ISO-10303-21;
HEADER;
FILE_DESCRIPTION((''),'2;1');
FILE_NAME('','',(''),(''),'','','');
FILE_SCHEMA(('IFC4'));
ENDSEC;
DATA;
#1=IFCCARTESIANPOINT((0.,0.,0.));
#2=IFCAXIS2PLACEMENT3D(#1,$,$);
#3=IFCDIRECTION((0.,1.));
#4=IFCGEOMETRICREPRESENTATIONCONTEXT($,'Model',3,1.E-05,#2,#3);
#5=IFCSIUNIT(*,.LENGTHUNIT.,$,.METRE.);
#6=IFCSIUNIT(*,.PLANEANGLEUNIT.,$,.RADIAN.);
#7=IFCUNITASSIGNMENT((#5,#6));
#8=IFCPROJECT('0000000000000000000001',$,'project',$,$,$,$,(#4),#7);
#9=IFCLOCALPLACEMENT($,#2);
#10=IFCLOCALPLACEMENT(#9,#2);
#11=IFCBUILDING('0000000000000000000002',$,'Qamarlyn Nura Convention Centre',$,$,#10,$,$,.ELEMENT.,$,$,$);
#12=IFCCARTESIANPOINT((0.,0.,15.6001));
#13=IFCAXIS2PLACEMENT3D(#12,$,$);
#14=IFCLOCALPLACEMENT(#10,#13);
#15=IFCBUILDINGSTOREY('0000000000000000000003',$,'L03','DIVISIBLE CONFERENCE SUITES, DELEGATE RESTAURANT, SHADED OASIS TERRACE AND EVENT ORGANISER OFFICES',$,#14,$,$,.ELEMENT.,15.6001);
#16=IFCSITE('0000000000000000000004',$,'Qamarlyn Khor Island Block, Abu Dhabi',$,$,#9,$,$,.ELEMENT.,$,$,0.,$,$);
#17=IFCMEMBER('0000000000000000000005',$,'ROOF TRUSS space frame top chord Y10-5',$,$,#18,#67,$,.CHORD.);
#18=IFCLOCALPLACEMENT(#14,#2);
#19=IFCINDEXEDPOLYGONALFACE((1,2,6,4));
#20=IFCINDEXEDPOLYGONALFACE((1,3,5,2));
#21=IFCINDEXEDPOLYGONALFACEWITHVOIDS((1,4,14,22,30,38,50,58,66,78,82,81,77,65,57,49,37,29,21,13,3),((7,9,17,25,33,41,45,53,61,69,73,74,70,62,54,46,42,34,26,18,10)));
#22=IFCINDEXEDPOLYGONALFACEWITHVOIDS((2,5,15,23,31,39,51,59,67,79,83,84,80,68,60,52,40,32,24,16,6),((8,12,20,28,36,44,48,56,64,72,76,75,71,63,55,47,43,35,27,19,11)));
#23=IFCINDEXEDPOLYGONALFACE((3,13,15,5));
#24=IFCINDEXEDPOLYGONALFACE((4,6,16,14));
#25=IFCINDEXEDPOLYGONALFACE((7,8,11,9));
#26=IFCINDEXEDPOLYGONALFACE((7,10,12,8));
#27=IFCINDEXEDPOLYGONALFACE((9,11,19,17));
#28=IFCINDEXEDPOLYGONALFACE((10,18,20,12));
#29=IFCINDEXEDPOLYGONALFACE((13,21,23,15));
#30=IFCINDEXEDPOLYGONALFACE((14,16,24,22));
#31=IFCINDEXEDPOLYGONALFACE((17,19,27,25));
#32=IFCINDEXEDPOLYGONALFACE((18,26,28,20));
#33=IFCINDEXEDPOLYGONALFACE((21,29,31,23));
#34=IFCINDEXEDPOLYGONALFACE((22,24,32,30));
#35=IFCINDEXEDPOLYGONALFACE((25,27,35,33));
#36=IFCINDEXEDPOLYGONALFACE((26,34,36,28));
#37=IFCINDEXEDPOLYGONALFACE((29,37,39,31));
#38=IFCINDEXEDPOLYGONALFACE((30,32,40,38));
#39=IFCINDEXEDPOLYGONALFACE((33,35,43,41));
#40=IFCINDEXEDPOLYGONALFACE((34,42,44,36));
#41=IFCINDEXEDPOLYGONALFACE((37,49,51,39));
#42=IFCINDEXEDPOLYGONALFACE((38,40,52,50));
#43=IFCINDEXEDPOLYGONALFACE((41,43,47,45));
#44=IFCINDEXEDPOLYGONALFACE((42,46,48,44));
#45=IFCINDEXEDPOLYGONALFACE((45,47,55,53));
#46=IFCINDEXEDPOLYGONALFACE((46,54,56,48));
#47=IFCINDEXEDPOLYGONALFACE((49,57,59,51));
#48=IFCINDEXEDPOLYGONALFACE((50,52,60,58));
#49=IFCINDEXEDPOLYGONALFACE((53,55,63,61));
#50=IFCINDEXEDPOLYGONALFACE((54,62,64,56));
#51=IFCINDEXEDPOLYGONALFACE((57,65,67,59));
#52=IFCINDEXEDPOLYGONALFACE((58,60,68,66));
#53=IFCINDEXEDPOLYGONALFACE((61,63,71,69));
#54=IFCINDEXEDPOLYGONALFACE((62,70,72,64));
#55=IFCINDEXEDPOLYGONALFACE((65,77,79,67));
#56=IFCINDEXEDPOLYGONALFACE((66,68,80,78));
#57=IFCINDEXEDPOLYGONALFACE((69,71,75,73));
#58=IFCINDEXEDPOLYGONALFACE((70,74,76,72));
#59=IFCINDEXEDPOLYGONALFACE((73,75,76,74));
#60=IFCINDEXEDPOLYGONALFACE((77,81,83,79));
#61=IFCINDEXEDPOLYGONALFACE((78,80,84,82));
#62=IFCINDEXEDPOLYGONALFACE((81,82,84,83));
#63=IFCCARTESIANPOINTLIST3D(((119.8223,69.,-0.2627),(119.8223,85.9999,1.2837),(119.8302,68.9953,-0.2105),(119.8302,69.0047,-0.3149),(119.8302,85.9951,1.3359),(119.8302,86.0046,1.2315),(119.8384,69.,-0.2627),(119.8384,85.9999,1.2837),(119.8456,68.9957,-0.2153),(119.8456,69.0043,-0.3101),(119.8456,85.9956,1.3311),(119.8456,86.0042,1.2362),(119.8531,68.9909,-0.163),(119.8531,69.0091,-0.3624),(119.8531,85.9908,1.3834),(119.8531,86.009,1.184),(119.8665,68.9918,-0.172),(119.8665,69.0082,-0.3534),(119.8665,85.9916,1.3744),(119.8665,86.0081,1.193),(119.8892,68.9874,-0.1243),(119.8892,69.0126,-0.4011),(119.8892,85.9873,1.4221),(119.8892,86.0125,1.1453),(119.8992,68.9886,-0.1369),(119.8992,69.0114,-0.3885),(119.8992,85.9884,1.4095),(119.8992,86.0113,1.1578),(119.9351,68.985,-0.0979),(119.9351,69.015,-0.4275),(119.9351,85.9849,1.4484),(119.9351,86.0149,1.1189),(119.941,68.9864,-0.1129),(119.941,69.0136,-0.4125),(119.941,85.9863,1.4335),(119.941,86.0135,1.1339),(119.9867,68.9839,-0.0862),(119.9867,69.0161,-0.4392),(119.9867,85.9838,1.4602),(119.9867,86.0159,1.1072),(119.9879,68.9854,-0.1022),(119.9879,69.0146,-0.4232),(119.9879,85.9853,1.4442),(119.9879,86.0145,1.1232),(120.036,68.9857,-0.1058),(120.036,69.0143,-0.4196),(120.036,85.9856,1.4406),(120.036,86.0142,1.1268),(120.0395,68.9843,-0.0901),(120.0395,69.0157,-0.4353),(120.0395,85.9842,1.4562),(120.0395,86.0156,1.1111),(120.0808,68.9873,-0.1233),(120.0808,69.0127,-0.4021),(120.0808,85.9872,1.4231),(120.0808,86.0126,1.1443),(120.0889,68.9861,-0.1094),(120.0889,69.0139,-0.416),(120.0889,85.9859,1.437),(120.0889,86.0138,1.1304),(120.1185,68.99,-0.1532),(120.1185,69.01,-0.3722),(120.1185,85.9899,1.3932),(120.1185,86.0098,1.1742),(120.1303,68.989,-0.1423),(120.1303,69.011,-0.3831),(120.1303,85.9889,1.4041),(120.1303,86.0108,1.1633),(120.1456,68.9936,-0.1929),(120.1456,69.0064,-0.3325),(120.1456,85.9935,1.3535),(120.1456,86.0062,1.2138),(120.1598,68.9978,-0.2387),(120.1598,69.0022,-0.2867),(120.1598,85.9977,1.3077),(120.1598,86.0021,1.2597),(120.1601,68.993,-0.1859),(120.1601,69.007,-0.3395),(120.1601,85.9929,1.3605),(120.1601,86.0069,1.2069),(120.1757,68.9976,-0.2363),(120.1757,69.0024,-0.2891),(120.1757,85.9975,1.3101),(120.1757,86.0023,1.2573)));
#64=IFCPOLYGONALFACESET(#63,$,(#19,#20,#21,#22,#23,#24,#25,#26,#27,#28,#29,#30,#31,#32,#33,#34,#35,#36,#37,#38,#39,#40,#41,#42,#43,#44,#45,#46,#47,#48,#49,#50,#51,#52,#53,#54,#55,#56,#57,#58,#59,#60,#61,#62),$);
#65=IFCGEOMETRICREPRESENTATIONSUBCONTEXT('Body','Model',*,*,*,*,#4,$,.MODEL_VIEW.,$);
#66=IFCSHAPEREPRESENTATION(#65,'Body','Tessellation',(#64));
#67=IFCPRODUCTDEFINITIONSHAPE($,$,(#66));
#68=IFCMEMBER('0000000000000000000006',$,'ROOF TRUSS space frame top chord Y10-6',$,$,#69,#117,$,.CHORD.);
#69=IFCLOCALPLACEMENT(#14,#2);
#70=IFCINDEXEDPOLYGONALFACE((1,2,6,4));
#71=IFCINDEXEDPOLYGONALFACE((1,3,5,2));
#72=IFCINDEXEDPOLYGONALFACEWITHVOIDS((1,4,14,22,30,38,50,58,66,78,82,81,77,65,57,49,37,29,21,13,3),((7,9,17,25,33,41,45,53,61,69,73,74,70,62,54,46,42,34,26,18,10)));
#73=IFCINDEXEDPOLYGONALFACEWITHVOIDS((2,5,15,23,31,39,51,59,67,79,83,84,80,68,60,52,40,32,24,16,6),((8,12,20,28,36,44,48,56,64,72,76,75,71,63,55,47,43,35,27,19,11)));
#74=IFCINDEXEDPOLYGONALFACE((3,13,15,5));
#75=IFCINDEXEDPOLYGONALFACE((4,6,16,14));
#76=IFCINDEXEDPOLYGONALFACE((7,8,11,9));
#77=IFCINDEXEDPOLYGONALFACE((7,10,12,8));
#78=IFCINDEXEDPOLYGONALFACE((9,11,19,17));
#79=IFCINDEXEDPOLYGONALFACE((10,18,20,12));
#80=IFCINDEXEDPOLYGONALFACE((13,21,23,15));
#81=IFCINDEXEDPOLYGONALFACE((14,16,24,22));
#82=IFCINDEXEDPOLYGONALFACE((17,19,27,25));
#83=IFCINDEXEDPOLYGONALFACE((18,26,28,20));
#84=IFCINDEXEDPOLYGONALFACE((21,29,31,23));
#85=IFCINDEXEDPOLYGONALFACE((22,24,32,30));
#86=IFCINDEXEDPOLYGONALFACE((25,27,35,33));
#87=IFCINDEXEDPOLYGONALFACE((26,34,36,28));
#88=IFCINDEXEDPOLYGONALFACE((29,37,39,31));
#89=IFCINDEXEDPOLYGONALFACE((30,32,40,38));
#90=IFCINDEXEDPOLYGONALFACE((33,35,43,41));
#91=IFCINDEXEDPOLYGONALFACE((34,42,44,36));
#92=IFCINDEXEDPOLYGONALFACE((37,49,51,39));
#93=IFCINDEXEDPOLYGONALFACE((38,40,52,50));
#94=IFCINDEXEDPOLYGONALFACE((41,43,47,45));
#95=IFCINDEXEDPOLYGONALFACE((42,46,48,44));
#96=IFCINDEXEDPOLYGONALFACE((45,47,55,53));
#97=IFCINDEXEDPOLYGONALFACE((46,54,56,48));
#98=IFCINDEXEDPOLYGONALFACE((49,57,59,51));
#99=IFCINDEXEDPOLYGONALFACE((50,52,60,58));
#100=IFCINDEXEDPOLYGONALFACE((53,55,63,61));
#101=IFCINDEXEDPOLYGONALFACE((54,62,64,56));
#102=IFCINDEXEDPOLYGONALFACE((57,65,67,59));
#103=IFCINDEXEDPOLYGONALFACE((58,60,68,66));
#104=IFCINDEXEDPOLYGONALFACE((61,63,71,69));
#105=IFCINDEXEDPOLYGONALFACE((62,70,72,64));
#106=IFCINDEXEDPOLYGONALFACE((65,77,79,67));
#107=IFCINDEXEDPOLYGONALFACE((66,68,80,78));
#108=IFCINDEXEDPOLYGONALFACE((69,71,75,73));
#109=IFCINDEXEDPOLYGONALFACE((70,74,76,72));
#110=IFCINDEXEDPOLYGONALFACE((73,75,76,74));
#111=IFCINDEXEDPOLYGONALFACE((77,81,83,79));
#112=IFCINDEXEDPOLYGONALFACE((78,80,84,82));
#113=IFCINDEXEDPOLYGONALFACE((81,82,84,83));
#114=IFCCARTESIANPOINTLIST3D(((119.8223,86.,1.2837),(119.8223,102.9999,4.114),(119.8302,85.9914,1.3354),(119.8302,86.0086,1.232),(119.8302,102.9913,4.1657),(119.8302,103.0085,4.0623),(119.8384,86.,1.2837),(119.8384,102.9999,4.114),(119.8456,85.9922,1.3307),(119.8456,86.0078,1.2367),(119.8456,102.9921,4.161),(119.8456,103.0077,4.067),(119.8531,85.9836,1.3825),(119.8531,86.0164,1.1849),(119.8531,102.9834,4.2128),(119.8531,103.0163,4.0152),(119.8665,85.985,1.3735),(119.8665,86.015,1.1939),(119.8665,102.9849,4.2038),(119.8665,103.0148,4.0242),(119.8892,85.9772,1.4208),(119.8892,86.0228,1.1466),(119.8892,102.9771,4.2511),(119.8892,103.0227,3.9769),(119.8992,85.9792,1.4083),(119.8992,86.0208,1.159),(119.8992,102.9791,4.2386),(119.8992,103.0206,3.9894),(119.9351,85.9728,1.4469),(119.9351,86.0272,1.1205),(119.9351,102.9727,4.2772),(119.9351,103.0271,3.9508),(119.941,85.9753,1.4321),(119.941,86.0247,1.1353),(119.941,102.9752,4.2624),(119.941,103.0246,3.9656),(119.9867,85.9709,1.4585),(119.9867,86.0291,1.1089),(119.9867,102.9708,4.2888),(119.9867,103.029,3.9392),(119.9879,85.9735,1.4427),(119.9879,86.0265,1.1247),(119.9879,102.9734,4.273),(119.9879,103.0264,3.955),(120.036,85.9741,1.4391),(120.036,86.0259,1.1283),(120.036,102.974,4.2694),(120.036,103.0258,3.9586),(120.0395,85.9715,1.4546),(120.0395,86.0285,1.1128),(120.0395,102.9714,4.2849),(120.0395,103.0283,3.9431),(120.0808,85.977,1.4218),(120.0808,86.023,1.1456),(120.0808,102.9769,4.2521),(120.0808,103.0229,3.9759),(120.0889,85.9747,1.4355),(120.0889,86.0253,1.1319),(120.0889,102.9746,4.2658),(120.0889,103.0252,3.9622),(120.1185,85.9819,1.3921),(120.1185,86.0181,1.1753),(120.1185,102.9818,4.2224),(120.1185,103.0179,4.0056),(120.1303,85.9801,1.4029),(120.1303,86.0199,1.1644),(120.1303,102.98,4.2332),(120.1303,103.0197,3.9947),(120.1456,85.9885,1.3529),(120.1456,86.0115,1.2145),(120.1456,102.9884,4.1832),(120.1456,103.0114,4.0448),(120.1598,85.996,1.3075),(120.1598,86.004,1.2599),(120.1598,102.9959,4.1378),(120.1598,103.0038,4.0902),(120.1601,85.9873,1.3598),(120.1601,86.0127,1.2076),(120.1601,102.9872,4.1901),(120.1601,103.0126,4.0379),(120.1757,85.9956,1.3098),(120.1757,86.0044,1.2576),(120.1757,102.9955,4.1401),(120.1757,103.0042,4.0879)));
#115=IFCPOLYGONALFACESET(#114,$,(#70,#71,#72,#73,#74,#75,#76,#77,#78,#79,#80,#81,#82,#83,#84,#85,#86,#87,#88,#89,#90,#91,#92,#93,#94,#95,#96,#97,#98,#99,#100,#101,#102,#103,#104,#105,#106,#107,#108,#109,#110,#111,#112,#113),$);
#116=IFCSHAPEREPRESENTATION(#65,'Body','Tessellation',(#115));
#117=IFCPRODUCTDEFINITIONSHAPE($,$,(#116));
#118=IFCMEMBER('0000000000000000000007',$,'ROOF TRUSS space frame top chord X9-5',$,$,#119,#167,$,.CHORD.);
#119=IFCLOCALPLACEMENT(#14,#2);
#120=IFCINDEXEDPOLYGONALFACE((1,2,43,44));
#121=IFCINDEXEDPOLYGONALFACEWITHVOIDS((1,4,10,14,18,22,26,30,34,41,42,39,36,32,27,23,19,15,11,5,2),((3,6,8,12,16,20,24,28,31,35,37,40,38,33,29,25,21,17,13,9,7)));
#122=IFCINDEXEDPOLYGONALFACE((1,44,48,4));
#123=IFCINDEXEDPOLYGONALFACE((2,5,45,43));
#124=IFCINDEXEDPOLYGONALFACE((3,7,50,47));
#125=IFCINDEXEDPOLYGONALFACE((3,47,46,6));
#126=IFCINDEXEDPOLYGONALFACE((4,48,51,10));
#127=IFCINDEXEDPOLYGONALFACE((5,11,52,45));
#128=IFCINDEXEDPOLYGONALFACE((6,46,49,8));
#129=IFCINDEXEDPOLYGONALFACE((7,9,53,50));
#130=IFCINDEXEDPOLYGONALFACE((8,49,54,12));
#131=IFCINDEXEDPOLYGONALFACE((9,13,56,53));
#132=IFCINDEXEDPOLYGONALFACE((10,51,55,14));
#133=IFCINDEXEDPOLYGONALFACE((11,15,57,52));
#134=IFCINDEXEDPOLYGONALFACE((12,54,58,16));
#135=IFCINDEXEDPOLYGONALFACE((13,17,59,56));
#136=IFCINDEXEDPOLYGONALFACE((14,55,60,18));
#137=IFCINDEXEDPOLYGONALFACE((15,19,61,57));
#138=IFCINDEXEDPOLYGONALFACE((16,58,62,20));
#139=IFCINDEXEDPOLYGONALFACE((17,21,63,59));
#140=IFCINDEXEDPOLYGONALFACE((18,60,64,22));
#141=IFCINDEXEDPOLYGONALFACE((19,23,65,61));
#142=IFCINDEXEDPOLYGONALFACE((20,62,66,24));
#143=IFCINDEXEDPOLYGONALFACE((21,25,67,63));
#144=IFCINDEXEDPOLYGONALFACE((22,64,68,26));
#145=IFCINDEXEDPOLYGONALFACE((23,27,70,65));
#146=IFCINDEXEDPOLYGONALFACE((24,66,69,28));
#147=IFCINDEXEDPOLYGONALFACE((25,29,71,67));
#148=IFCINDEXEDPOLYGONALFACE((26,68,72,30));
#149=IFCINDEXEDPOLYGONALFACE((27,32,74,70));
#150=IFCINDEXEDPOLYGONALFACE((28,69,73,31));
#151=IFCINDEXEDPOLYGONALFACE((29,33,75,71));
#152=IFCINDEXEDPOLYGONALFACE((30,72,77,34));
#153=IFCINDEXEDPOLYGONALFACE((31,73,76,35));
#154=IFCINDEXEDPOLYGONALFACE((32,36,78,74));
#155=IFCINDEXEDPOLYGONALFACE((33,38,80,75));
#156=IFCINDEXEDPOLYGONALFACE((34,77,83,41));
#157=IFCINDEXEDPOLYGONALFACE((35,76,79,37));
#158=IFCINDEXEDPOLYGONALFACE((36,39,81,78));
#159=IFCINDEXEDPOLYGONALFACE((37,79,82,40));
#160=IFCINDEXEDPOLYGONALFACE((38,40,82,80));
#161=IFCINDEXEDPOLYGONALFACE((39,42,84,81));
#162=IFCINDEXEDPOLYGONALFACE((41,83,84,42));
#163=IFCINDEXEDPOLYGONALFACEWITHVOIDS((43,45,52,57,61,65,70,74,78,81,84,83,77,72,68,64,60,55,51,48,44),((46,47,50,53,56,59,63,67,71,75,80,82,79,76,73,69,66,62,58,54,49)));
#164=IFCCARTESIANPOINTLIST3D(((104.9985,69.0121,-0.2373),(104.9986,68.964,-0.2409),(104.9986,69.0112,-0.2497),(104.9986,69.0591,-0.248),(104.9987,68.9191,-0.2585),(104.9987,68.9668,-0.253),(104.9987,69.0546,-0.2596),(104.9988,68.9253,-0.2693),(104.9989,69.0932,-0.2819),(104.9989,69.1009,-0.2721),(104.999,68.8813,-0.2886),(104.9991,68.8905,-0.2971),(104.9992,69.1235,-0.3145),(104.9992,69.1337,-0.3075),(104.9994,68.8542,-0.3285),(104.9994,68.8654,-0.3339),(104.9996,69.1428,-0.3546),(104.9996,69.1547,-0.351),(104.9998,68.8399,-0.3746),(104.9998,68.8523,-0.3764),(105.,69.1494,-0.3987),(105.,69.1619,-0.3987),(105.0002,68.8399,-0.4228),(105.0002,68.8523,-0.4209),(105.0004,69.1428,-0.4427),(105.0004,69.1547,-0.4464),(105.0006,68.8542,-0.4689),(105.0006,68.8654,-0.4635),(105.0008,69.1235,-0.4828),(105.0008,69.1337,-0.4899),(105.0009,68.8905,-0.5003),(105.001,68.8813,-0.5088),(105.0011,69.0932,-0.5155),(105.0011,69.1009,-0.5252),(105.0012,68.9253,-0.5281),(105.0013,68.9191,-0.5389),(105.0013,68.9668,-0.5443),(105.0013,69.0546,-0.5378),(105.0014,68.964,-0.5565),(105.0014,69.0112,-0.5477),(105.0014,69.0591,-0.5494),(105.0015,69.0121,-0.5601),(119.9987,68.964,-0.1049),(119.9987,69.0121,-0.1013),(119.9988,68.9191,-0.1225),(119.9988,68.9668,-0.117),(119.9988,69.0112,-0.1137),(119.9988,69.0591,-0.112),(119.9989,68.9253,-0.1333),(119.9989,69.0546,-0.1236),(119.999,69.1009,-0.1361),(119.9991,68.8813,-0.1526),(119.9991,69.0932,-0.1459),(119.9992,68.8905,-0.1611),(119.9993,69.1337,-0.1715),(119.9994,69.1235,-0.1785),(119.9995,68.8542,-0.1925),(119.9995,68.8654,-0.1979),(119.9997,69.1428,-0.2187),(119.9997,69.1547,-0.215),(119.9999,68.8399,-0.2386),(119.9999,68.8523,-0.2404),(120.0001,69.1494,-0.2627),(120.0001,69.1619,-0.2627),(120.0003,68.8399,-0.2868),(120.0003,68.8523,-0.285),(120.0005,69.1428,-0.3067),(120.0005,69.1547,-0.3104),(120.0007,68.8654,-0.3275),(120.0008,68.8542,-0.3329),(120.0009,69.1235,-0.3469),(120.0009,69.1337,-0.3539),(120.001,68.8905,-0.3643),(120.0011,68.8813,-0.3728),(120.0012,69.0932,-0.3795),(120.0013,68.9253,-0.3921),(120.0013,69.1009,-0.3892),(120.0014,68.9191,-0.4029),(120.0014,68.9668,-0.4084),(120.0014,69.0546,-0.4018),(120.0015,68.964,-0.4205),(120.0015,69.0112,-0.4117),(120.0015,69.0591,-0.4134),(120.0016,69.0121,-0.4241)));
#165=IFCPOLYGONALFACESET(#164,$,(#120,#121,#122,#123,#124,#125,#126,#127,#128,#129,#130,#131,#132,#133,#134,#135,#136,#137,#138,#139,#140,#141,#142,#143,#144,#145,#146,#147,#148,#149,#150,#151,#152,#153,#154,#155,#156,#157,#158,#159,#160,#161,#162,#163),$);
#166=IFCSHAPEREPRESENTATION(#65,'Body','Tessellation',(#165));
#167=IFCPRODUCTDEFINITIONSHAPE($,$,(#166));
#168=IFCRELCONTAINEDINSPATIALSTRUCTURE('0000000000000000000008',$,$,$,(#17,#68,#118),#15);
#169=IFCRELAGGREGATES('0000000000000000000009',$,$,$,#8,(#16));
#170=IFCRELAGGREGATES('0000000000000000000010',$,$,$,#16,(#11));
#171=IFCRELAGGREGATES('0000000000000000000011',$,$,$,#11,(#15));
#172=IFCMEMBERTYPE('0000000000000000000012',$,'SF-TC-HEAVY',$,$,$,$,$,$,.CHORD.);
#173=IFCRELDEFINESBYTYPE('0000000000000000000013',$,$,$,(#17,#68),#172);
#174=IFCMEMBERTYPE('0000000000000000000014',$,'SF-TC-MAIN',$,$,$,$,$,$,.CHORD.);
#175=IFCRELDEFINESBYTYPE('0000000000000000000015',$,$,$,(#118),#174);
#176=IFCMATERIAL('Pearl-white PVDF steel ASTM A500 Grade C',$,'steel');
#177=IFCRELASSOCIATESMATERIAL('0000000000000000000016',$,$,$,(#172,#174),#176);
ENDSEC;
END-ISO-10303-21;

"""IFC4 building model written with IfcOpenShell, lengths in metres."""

from ifc_helpers import new_model, si_unit, direction, frame, origin, origin_2d, place, context, subcontext, project, spatial, hollow_circle, extrude, material, material_profile, profile_set, type_object, element, save


model = new_model("IFC4")

# Units and contexts
model_context = context("Model", 3, precision=1e-05, world=origin(), true_north=direction((0.0, 1.0)))
body_context = subcontext(model_context, "Body", "Model", "MODEL_VIEW")
ifc_project = project(units=[si_unit("LENGTHUNIT", "METRE"), si_unit("PLANEANGLEUNIT", "RADIAN")], contexts=[model_context])

# Site, building, storey
site_placement = place(None, origin())
site = spatial("IfcSite", under=ifc_project, at=site_placement, Name="Qamarlyn Khor Island Block, Abu Dhabi", CompositionType="ELEMENT", RefElevation=0.0)
building_placement = place(site_placement, origin())
building = spatial("IfcBuilding", under=site, at=building_placement, Name="Qamarlyn Nura Convention Centre", CompositionType="ELEMENT")
storey_placement = place(building_placement, frame((0.0, 0.0, 15.6001)))
storey = spatial("IfcBuildingStorey", under=building, at=storey_placement, Name="L03", Description="DIVISIBLE CONFERENCE SUITES, DELEGATE RESTAURANT, SHADED OASIS TERRACE AND EVENT ORGANISER OFFICES", CompositionType="ELEMENT", Elevation=15.6001)

# Members
ifc_material_1 = material(Name="Pearl-white PVDF steel ASTM A500 Grade C", Category="steel")
ifc_material_profile_1 = material_profile(ifc_material_1, hollow_circle(Radius=0.1777, WallThickness=0.0161, at=origin_2d()), Name="CHS355.6X16")
ifc_profile_set_1 = profile_set([ifc_material_profile_1], Name="Pearl-white PVDF steel ASTM A500 Grade C")
member_type_1 = type_object("IfcMemberType", Name="SF-TC-HEAVY", PredefinedType="CHORD", material=ifc_profile_set_1)
member_1_placement = place(storey_placement, frame((120.0, 69.0, -0.2627), z_axis=(0.0, 0.995888, 0.09059), x_axis=(-1.0, 0.0, 0.0)))
element("IfcMember", 1, at=member_1_placement, inside=storey, type_object=member_type_1, Name="ROOF TRUSS space frame top chord Y10-5", PredefinedType="CHORD", context=body_context, shape_type="SweptSolid", body=[
    extrude(hollow_circle(Radius=0.1777, WallThickness=0.0161, at=origin_2d()), origin(), (0.0, 0.0, 1.0), 17.0701),
])
member_2_placement = place(storey_placement, frame((120.0, 86.0, 1.2837), z_axis=(0.0, 0.986422, 0.164229), x_axis=(-1.0, 0.0, 0.0)))
element("IfcMember", 2, at=member_2_placement, inside=storey, type_object=member_type_1, Name="ROOF TRUSS space frame top chord Y10-6", PredefinedType="CHORD", context=body_context, shape_type="SweptSolid", body=[
    extrude(hollow_circle(Radius=0.1777, WallThickness=0.0161, at=origin_2d()), origin(), (0.0, 0.0, 1.0), 17.2339),
])
ifc_material_profile_2 = material_profile(ifc_material_1, hollow_circle(Radius=0.1619, WallThickness=0.0125, at=origin_2d()), Name="CHS323.9X12.5")
ifc_profile_set_2 = profile_set([ifc_material_profile_2], Name="Pearl-white PVDF steel ASTM A500 Grade C")
member_type_2 = type_object("IfcMemberType", Name="SF-TC-MAIN", PredefinedType="CHORD", material=ifc_profile_set_2)
member_3_placement = place(storey_placement, frame((105.0, 69.0, -0.3987), z_axis=(0.999959, 0.0, 0.009065), x_axis=(0.0, 1.0, 0.0)))
element("IfcMember", 3, at=member_3_placement, inside=storey, type_object=member_type_2, Name="ROOF TRUSS space frame top chord X9-5", PredefinedType="CHORD", context=body_context, shape_type="SweptSolid", body=[
    extrude(hollow_circle(Radius=0.1619, WallThickness=0.0125, at=origin_2d()), origin(), (0.0, 0.0, 1.0), 15.0007),
])

save(model, "model.ifc")
